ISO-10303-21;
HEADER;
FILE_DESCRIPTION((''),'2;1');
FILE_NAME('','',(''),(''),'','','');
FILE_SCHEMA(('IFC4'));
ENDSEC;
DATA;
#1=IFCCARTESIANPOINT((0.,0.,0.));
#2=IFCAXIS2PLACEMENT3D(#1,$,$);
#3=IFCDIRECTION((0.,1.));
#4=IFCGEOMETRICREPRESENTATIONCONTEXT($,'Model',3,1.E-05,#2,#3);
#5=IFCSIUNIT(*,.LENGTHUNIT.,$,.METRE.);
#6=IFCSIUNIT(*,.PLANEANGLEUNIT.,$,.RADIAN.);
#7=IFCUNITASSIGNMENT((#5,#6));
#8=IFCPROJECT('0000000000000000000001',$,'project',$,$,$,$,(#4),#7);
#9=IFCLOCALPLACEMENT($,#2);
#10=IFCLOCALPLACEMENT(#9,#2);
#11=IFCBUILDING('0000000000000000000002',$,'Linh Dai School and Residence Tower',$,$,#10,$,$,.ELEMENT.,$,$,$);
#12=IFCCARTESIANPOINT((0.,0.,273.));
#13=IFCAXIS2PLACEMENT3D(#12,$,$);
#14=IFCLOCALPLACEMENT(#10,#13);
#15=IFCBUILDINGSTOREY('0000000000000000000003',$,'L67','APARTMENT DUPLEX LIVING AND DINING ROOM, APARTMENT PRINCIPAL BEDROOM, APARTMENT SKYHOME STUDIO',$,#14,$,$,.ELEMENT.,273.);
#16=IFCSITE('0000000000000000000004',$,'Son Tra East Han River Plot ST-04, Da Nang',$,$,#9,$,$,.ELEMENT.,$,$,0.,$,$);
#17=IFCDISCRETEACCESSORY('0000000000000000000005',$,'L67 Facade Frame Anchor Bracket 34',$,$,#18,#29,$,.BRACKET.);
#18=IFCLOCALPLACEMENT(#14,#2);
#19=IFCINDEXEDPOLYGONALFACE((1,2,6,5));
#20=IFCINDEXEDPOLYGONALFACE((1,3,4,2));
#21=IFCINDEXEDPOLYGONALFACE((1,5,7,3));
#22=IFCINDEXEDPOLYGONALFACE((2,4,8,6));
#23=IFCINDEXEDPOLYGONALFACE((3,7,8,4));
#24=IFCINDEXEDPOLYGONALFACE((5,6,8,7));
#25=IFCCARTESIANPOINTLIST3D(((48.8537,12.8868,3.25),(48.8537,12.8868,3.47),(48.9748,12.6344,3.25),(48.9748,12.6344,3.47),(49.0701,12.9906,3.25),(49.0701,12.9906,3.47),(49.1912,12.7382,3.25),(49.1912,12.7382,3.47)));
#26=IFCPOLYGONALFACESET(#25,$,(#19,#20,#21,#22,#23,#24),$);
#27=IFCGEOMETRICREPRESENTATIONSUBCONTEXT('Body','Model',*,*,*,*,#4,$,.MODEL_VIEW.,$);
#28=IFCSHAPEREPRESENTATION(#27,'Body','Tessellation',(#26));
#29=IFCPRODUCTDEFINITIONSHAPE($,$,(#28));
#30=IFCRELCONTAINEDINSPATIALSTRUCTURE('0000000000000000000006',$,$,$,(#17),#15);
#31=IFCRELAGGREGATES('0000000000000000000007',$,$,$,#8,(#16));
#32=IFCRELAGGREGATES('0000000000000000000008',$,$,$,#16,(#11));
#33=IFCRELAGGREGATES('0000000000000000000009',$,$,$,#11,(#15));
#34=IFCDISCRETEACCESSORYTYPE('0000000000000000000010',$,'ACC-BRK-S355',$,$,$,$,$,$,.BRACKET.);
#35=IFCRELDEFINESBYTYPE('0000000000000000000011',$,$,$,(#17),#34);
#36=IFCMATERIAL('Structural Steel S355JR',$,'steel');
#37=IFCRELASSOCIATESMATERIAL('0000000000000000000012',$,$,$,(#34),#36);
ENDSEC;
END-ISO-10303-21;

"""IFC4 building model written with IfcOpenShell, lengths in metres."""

from ifc_helpers import new_model, si_unit, direction, frame, origin, origin_2d, place, context, subcontext, project, spatial, rectangle, extrude, source, transform, mapped, material, type_object, element, save


model = new_model("IFC4")

# Units and contexts
model_context = context("Model", 3, precision=1e-05, world=origin(), true_north=direction((0.0, 1.0)))
body_context = subcontext(model_context, "Body", "Model", "MODEL_VIEW")
ifc_project = project(units=[si_unit("LENGTHUNIT", "METRE"), si_unit("PLANEANGLEUNIT", "RADIAN")], contexts=[model_context])

# Site, building, storey
site_placement = place(None, origin())
site = spatial("IfcSite", under=ifc_project, at=site_placement, Name="Son Tra East Han River Plot ST-04, Da Nang", CompositionType="ELEMENT", RefElevation=0.0)
building_placement = place(site_placement, origin())
building = spatial("IfcBuilding", under=site, at=building_placement, Name="Linh Dai School and Residence Tower", CompositionType="ELEMENT")
storey_placement = place(building_placement, frame((0.0, 0.0, 273.0)))
storey = spatial("IfcBuildingStorey", under=building, at=storey_placement, Name="L67", Description="APARTMENT DUPLEX LIVING AND DINING ROOM, APARTMENT PRINCIPAL BEDROOM, APARTMENT SKYHOME STUDIO", CompositionType="ELEMENT", Elevation=273.0)

# Shared definitions
ifc_material_1 = material(Name="Structural Steel S355JR", Category="steel")

# Discrete accessory
discrete_accessory_type = type_object("IfcDiscreteAccessoryType", Name="ACC-BRK-S355", PredefinedType="BRACKET", material=ifc_material_1)
shared_shape_1 = source(origin(), body_context, "Body", "SweptSolid", [
    extrude(rectangle(XDim=0.28, YDim=0.24, at=origin_2d()), origin(), (0.0, 0.0, 1.0), 0.22),
])
discrete_accessory_placement = place(storey_placement, frame((49.0225, 12.8125, 3.25), z_axis=(0.0, 0.0, 1.0), x_axis=(0.432612, -0.90158, 0.0)))
element("IfcDiscreteAccessory", 1, at=discrete_accessory_placement, inside=storey, type_object=discrete_accessory_type, Name="L67 Facade Frame Anchor Bracket 34", PredefinedType="BRACKET", context=body_context, shape_type="MappedRepresentation", body=[
    mapped(shared_shape_1, transform((0.0, 0.0, 0.0), x_axis=(1.0, 0.0, 0.0), y_axis=(0.0, 1.0, 0.0), z_axis=(0.0, 0.0, 1.0), scale=1.0)),
])

save(model, "model.ifc")
